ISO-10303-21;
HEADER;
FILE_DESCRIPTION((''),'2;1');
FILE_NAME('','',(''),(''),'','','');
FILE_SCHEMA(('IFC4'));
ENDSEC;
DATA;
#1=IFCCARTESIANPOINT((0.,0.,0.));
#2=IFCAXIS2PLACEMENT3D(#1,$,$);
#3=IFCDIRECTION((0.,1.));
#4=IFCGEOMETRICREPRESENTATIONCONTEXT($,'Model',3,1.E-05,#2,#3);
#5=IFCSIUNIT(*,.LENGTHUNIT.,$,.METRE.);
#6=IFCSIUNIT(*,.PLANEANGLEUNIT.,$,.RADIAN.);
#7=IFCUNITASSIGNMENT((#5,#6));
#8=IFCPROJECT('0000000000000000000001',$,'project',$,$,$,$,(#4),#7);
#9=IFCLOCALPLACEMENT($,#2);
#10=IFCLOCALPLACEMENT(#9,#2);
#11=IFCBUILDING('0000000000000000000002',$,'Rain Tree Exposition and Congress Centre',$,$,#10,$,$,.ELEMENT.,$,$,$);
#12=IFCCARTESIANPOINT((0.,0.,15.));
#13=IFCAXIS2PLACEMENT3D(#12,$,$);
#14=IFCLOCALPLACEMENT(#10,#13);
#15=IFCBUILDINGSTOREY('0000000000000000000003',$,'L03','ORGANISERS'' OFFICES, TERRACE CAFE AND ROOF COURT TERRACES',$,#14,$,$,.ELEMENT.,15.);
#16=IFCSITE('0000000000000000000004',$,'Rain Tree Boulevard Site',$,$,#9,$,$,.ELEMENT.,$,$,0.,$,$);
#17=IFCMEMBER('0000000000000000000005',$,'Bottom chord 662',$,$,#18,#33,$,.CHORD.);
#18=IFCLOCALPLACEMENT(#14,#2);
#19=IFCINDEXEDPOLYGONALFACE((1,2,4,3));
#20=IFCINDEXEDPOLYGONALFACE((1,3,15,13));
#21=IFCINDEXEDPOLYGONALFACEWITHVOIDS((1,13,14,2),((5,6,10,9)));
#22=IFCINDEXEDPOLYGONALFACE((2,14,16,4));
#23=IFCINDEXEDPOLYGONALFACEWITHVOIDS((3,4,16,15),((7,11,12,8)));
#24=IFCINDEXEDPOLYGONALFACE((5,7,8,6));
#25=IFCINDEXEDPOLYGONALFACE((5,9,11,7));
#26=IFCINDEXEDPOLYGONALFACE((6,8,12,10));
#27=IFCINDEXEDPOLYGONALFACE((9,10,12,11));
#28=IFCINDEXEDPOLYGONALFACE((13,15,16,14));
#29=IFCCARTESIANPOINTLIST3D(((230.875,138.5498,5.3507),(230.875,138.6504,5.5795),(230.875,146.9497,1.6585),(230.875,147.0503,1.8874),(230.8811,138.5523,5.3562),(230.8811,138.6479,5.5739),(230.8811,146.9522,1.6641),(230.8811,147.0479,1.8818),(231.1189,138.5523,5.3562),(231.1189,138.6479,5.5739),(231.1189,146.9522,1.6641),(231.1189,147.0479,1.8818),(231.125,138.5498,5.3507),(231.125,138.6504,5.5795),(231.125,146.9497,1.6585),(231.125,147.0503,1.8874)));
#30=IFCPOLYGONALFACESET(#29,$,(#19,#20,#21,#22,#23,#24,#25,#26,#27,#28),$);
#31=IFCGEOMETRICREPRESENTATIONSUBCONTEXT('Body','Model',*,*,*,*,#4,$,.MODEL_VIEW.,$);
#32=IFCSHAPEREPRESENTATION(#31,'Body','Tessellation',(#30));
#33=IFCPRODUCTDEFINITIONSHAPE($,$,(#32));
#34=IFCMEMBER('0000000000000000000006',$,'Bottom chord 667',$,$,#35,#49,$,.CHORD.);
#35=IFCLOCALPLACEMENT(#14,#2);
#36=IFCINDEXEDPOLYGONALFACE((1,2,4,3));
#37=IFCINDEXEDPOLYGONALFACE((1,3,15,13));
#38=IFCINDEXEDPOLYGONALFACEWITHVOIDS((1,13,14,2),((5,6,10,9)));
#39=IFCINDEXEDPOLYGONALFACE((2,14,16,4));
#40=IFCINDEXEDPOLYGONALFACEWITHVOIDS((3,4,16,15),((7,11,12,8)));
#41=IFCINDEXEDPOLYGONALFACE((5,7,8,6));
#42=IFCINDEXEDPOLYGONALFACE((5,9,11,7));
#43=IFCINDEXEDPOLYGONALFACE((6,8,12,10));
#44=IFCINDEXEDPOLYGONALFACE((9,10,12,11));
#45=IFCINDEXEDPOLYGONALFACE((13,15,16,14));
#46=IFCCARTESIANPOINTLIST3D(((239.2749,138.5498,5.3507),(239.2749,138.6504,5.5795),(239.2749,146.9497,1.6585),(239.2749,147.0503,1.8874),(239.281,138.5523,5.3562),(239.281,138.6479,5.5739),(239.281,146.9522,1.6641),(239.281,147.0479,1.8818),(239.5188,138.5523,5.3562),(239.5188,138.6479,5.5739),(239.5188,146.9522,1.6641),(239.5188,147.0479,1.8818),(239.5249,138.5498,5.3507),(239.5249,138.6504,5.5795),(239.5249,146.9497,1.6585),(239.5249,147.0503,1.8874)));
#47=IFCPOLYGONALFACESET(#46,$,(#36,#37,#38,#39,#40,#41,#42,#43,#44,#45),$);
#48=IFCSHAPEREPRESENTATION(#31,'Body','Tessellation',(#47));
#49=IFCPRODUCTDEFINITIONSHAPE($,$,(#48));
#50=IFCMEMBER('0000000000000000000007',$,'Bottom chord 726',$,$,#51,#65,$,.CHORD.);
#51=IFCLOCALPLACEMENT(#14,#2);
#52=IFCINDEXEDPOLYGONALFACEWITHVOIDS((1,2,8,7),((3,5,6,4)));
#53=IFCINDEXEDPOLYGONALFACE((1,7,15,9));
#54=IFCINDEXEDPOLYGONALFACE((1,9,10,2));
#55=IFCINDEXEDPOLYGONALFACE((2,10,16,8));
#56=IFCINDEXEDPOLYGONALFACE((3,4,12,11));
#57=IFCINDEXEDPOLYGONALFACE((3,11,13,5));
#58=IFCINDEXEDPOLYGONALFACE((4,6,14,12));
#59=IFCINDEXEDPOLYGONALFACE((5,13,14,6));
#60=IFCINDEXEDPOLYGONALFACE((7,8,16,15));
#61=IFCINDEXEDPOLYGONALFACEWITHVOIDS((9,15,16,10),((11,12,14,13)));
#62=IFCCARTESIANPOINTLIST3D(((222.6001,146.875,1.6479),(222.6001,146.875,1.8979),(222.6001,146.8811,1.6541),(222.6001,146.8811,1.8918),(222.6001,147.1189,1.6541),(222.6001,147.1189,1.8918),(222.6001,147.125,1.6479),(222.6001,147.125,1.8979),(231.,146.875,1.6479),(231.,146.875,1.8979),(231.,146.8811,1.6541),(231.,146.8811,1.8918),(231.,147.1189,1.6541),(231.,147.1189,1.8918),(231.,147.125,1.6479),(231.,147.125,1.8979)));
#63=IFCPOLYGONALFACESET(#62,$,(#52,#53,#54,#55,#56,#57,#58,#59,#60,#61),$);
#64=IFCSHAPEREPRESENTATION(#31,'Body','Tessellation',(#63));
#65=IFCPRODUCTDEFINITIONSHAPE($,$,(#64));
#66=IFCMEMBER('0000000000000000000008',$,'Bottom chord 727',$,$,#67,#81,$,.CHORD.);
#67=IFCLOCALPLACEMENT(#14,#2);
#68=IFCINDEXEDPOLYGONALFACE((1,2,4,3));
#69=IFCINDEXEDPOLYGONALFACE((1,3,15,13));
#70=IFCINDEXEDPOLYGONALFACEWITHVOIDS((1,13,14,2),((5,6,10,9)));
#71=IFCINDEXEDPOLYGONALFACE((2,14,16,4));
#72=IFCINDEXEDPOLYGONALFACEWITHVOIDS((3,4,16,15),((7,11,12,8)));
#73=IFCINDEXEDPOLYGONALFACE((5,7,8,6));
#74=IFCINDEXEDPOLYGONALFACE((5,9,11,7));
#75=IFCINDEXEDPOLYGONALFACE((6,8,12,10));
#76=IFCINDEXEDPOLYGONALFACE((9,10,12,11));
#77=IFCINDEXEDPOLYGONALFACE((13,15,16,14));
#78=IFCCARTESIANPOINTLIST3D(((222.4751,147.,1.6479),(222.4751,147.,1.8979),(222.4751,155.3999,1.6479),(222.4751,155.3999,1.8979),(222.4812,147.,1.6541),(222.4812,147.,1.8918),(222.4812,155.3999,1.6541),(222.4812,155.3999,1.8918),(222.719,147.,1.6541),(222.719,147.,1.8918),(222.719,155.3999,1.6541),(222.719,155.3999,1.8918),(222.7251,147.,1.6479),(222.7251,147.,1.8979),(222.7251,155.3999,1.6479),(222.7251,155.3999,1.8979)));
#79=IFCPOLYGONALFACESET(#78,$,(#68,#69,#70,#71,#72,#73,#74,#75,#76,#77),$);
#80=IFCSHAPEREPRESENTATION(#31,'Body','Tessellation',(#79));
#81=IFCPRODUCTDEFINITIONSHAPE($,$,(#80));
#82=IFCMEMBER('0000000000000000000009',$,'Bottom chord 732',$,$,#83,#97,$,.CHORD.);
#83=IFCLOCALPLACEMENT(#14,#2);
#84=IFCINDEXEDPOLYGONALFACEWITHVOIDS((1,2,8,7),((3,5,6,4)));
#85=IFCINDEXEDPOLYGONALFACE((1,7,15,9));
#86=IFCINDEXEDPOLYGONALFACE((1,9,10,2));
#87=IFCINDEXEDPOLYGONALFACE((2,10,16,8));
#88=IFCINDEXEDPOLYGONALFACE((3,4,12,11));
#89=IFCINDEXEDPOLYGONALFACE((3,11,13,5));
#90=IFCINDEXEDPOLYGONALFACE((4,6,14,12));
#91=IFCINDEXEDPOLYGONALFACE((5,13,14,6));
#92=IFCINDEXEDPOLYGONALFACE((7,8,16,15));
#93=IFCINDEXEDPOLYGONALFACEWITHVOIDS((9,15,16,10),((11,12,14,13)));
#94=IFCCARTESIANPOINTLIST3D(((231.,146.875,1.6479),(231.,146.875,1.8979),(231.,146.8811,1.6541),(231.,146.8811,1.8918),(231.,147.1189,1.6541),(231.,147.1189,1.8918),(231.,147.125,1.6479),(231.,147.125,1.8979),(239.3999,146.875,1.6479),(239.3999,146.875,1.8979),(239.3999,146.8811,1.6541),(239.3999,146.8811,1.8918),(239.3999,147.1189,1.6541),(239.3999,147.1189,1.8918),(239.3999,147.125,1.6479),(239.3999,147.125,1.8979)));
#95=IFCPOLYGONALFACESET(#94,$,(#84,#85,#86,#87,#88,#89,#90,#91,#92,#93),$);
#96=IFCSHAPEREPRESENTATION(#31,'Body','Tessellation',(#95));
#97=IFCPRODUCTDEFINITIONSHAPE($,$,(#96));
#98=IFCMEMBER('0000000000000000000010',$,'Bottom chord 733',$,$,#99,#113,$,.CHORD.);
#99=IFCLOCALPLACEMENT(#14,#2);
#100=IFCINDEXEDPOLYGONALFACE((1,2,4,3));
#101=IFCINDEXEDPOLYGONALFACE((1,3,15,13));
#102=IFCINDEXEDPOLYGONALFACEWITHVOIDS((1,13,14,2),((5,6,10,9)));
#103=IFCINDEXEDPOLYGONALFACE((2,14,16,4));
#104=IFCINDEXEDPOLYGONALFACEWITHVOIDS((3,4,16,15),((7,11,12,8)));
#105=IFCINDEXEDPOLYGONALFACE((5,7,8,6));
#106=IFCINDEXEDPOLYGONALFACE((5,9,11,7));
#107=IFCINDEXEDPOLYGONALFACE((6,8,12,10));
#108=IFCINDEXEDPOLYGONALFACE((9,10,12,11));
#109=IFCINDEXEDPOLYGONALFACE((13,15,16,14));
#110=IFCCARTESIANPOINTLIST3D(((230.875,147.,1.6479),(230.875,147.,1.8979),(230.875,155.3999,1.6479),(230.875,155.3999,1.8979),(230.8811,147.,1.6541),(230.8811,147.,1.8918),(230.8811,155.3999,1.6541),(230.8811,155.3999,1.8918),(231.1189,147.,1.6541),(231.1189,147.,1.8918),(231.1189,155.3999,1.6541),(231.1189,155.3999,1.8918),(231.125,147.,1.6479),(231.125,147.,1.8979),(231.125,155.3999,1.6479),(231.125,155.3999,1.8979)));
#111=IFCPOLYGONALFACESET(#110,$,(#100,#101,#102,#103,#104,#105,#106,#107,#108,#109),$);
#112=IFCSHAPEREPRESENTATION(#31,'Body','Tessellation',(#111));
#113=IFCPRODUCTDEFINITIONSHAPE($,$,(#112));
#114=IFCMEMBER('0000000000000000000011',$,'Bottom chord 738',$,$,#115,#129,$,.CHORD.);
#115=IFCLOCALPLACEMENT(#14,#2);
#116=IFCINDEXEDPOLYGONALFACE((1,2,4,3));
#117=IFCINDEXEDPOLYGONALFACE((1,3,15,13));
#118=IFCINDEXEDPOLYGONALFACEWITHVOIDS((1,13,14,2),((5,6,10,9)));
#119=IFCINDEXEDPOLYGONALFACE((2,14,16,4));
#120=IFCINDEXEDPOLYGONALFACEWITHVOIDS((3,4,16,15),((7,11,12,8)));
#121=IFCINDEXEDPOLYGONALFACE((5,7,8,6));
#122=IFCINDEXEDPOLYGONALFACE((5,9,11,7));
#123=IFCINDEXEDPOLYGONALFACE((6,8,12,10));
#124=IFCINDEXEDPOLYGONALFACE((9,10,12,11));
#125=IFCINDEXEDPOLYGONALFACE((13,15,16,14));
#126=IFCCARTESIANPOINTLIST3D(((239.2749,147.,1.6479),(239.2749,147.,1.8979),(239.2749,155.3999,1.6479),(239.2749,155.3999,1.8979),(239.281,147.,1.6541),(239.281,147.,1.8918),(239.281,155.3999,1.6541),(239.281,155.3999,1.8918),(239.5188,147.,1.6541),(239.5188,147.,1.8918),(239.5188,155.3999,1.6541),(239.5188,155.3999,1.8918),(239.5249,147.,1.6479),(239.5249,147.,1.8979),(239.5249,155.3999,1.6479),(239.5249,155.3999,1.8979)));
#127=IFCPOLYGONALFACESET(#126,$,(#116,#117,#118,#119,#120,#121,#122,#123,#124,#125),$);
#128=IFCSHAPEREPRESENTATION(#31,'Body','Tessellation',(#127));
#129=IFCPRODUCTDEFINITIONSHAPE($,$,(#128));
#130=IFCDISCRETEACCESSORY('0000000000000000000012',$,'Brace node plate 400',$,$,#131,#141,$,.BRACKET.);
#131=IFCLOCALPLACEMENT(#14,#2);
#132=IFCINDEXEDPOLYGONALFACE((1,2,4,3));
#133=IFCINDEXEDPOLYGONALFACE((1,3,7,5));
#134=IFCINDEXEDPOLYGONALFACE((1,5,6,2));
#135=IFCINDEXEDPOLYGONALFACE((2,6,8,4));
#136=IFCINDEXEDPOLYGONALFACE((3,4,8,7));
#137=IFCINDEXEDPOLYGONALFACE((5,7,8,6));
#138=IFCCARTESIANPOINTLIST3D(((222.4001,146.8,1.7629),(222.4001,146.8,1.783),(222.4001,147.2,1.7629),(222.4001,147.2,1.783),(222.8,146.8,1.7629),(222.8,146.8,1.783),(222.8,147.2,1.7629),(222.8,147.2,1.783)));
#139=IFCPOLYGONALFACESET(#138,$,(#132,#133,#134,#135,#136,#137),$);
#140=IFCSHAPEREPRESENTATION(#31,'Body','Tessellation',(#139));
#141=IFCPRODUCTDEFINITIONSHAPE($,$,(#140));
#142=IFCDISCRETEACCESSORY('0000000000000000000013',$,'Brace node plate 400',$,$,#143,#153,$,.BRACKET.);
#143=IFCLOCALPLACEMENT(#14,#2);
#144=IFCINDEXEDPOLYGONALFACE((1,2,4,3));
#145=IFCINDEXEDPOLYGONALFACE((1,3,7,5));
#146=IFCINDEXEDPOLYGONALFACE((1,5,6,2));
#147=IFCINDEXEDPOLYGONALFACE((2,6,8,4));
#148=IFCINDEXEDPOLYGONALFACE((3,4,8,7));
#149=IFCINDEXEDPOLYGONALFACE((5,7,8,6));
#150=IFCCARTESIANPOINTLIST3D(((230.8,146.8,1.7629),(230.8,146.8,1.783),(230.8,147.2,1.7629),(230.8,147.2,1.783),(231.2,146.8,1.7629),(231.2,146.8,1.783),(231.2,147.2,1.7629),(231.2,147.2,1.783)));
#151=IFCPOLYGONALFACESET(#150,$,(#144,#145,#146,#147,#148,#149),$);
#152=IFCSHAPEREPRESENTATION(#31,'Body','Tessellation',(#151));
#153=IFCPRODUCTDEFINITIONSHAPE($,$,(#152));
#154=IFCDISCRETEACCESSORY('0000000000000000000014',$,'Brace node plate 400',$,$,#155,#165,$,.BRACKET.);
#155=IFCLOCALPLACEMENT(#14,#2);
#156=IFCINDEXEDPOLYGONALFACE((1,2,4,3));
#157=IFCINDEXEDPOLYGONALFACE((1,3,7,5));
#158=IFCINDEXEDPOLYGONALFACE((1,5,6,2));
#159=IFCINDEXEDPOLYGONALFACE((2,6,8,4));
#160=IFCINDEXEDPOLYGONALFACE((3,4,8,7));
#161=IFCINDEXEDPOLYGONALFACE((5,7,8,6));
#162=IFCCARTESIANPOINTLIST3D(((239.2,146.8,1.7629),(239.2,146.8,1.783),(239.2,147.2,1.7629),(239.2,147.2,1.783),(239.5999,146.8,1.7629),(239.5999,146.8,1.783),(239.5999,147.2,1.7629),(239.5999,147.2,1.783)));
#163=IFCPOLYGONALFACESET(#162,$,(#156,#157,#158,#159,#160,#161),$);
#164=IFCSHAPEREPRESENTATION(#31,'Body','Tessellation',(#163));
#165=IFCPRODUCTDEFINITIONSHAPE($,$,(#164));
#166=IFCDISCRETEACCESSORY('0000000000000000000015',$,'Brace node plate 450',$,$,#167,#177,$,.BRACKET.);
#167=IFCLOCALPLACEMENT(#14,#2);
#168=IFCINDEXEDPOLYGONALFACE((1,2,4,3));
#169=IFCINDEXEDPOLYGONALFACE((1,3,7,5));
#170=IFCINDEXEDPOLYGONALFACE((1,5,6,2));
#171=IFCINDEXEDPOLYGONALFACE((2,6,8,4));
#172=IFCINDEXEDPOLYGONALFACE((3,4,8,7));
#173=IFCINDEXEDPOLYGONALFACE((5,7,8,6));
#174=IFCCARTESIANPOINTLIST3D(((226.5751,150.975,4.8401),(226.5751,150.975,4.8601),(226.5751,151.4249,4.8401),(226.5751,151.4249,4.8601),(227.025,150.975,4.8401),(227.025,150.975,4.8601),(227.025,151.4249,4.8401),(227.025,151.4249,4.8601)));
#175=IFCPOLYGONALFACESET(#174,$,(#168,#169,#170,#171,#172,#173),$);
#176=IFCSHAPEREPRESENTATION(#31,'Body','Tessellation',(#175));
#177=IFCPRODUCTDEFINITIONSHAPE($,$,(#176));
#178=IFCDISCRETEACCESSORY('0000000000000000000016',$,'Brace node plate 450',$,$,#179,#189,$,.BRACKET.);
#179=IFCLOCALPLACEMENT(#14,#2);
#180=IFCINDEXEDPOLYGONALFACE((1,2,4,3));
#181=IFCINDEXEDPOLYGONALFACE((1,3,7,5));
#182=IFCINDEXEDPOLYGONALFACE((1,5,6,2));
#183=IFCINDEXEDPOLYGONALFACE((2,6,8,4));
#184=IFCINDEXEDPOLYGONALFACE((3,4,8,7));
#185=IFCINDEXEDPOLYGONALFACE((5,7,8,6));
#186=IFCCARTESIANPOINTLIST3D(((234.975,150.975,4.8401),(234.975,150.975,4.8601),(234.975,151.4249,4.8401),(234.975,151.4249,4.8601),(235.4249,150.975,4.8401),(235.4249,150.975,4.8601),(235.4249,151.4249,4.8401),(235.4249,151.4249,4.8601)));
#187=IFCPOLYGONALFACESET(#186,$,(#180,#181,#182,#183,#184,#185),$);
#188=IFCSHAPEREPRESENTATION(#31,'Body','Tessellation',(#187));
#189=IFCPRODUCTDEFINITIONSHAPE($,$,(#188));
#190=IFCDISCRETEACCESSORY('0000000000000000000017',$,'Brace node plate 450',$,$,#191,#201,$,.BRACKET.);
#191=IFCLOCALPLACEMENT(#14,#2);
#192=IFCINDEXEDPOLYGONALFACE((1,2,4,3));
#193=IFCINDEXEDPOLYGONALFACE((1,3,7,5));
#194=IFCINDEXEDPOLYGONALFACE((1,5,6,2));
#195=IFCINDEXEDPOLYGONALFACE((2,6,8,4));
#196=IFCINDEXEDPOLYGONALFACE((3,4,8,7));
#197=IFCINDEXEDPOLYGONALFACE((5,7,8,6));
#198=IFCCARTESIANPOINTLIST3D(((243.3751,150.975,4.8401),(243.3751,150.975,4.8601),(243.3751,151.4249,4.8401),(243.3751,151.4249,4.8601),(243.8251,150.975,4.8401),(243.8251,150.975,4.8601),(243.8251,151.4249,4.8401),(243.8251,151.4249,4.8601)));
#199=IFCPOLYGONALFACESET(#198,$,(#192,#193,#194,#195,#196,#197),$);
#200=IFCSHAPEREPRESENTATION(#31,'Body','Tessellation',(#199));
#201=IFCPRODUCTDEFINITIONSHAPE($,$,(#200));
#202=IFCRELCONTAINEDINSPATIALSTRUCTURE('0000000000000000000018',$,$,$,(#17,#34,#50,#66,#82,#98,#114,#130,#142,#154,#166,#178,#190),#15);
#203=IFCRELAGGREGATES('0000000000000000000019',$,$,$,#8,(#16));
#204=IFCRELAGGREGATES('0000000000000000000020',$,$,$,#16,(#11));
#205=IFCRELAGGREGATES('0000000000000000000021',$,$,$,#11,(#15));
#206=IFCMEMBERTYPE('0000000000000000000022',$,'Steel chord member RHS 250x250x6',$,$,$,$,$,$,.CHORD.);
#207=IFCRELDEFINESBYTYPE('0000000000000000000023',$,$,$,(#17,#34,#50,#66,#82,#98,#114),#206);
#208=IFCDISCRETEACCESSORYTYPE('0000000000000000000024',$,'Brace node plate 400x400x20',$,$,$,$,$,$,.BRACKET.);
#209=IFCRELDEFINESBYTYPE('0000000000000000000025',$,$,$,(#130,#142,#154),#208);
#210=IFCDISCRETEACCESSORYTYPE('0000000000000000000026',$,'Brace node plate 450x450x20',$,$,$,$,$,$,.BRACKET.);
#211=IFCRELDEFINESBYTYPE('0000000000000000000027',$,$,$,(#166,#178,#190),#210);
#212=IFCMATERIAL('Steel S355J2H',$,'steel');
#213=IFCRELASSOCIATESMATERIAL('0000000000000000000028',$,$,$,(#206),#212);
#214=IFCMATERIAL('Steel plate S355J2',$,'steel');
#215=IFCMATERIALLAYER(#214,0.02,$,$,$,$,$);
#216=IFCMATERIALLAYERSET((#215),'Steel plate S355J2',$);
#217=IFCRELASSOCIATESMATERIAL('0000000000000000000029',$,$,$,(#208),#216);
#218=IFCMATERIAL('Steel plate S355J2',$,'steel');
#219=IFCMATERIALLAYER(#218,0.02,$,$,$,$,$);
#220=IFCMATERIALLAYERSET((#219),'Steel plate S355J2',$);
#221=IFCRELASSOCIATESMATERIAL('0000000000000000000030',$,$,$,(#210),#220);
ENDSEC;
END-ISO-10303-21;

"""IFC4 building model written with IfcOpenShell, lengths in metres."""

from ifc_helpers import new_model, si_unit, direction, frame, origin, origin_2d, place, context, subcontext, project, spatial, rectangle, hollow_rectangle, extrude, material, layer, layer_set, material_profile, profile_set, type_object, element, save


model = new_model("IFC4")

# Units and contexts
model_context = context("Model", 3, precision=1e-05, world=origin(), true_north=direction((0.0, 1.0)))
body_context = subcontext(model_context, "Body", "Model", "MODEL_VIEW")
ifc_project = project(units=[si_unit("LENGTHUNIT", "METRE"), si_unit("PLANEANGLEUNIT", "RADIAN")], contexts=[model_context])

# Site, building, storey
site_placement = place(None, origin())
site = spatial("IfcSite", under=ifc_project, at=site_placement, Name="Rain Tree Boulevard Site", CompositionType="ELEMENT", RefElevation=0.0)
building_placement = place(site_placement, origin())
building = spatial("IfcBuilding", under=site, at=building_placement, Name="Rain Tree Exposition and Congress Centre", CompositionType="ELEMENT")
storey_placement = place(building_placement, frame((0.0, 0.0, 15.0)))
storey = spatial("IfcBuildingStorey", under=building, at=storey_placement, Name="L03", Description="ORGANISERS' OFFICES, TERRACE CAFE AND ROOF COURT TERRACES", CompositionType="ELEMENT", Elevation=15.0)

# Members
ifc_material_1 = material(Name="Steel S355J2H", Category="steel")
ifc_material_profile_1 = material_profile(ifc_material_1, hollow_rectangle(XDim=0.25, YDim=0.25, WallThickness=0.0061, at=origin_2d()), Name="RHS 250x250x6")
ifc_profile_set_1 = profile_set([ifc_material_profile_1], Name="Steel S355J2H")
member_type_1 = type_object("IfcMemberType", Name="Steel chord member RHS 250x250x6", PredefinedType="CHORD", material=ifc_profile_set_1)
for number, where, z_axis, x_axis, name in (
    (1, (231.0, 138.6001, 5.4651), (0.0, 0.915468, -0.40239), (-1.0, 0.0, 0.0), "Bottom chord 662"),
    (2, (239.3999, 138.6001, 5.4651), (0.0, 0.915468, -0.40239), (-1.0, 0.0, 0.0), "Bottom chord 667"),
):
    element("IfcMember", number, at=place(storey_placement, frame(where, z_axis=z_axis, x_axis=x_axis)), inside=storey, type_object=member_type_1, Name=name, PredefinedType="CHORD", context=body_context, shape_type="SweptSolid", body=[
        extrude(hollow_rectangle(XDim=0.25, YDim=0.25, WallThickness=0.0061, at=origin_2d()), origin(), (0.0, 0.0, 1.0), 9.1755),
    ])
for number, where, z_axis, x_axis, name in (
    (3, (222.6001, 147.0, 1.7729), (1.0, 0.0, 0.0), (0.0, 1.0, 0.0), "Bottom chord 726"),
    (4, (222.6001, 147.0, 1.7729), (0.0, 1.0, 0.0), (-1.0, 0.0, 0.0), "Bottom chord 727"),
    (5, (231.0, 147.0, 1.7729), (1.0, 0.0, 0.0), (0.0, 1.0, 0.0), "Bottom chord 732"),
    (6, (231.0, 147.0, 1.7729), (0.0, 1.0, 0.0), (-1.0, 0.0, 0.0), "Bottom chord 733"),
    (7, (239.3999, 147.0, 1.7729), (0.0, 1.0, 0.0), (-1.0, 0.0, 0.0), "Bottom chord 738"),
):
    element("IfcMember", number, at=place(storey_placement, frame(where, z_axis=z_axis, x_axis=x_axis)), inside=storey, type_object=member_type_1, Name=name, PredefinedType="CHORD", context=body_context, shape_type="SweptSolid", body=[
        extrude(hollow_rectangle(XDim=0.25, YDim=0.25, WallThickness=0.0061, at=origin_2d()), origin(), (0.0, 0.0, 1.0), 8.3999),
    ])

# Discrete accessories
ifc_material_2 = material(Name="Steel plate S355J2", Category="steel")
ifc_layer_1 = layer(ifc_material_2, 0.02)
ifc_layer_set_1 = layer_set([ifc_layer_1], Name="Steel plate S355J2")
discrete_accessory_type_1 = type_object("IfcDiscreteAccessoryType", Name="Brace node plate 400x400x20", PredefinedType="BRACKET", material=ifc_layer_set_1)
for number, where, z_axis, x_axis, name in (
    (8, (222.6001, 147.0, 1.7629), (0.0, 0.0, 1.0), (1.0, 0.0, 0.0), "Brace node plate 400"),
    (9, (231.0, 147.0, 1.7629), (0.0, 0.0, 1.0), (1.0, 0.0, 0.0), "Brace node plate 400"),
    (10, (239.3999, 147.0, 1.7629), (0.0, 0.0, 1.0), (1.0, 0.0, 0.0), "Brace node plate 400"),
):
    element("IfcDiscreteAccessory", number, at=place(storey_placement, frame(where, z_axis=z_axis, x_axis=x_axis)), inside=storey, type_object=discrete_accessory_type_1, Name=name, PredefinedType="BRACKET", context=body_context, shape_type="SweptSolid", body=[
        extrude(rectangle(XDim=0.3999, YDim=0.3999, at=origin_2d()), origin(), (0.0, 0.0, 1.0), 0.02),
    ])
ifc_material_3 = material(Name="Steel plate S355J2", Category="steel")
ifc_layer_2 = layer(ifc_material_3, 0.02)
ifc_layer_set_2 = layer_set([ifc_layer_2], Name="Steel plate S355J2")
discrete_accessory_type_2 = type_object("IfcDiscreteAccessoryType", Name="Brace node plate 450x450x20", PredefinedType="BRACKET", material=ifc_layer_set_2)
for number, where, z_axis, x_axis, name in (
    (11, (226.8, 151.2, 4.8401), (0.0, 0.0, 1.0), (1.0, 0.0, 0.0), "Brace node plate 450"),
    (12, (235.2, 151.2, 4.8401), (0.0, 0.0, 1.0), (1.0, 0.0, 0.0), "Brace node plate 450"),
    (13, (243.6001, 151.2, 4.8401), (0.0, 0.0, 1.0), (1.0, 0.0, 0.0), "Brace node plate 450"),
):
    element("IfcDiscreteAccessory", number, at=place(storey_placement, frame(where, z_axis=z_axis, x_axis=x_axis)), inside=storey, type_object=discrete_accessory_type_2, Name=name, PredefinedType="BRACKET", context=body_context, shape_type="SweptSolid", body=[
        extrude(rectangle(XDim=0.45, YDim=0.45, at=origin_2d()), origin(), (0.0, 0.0, 1.0), 0.02),
    ])

save(model, "model.ifc")
